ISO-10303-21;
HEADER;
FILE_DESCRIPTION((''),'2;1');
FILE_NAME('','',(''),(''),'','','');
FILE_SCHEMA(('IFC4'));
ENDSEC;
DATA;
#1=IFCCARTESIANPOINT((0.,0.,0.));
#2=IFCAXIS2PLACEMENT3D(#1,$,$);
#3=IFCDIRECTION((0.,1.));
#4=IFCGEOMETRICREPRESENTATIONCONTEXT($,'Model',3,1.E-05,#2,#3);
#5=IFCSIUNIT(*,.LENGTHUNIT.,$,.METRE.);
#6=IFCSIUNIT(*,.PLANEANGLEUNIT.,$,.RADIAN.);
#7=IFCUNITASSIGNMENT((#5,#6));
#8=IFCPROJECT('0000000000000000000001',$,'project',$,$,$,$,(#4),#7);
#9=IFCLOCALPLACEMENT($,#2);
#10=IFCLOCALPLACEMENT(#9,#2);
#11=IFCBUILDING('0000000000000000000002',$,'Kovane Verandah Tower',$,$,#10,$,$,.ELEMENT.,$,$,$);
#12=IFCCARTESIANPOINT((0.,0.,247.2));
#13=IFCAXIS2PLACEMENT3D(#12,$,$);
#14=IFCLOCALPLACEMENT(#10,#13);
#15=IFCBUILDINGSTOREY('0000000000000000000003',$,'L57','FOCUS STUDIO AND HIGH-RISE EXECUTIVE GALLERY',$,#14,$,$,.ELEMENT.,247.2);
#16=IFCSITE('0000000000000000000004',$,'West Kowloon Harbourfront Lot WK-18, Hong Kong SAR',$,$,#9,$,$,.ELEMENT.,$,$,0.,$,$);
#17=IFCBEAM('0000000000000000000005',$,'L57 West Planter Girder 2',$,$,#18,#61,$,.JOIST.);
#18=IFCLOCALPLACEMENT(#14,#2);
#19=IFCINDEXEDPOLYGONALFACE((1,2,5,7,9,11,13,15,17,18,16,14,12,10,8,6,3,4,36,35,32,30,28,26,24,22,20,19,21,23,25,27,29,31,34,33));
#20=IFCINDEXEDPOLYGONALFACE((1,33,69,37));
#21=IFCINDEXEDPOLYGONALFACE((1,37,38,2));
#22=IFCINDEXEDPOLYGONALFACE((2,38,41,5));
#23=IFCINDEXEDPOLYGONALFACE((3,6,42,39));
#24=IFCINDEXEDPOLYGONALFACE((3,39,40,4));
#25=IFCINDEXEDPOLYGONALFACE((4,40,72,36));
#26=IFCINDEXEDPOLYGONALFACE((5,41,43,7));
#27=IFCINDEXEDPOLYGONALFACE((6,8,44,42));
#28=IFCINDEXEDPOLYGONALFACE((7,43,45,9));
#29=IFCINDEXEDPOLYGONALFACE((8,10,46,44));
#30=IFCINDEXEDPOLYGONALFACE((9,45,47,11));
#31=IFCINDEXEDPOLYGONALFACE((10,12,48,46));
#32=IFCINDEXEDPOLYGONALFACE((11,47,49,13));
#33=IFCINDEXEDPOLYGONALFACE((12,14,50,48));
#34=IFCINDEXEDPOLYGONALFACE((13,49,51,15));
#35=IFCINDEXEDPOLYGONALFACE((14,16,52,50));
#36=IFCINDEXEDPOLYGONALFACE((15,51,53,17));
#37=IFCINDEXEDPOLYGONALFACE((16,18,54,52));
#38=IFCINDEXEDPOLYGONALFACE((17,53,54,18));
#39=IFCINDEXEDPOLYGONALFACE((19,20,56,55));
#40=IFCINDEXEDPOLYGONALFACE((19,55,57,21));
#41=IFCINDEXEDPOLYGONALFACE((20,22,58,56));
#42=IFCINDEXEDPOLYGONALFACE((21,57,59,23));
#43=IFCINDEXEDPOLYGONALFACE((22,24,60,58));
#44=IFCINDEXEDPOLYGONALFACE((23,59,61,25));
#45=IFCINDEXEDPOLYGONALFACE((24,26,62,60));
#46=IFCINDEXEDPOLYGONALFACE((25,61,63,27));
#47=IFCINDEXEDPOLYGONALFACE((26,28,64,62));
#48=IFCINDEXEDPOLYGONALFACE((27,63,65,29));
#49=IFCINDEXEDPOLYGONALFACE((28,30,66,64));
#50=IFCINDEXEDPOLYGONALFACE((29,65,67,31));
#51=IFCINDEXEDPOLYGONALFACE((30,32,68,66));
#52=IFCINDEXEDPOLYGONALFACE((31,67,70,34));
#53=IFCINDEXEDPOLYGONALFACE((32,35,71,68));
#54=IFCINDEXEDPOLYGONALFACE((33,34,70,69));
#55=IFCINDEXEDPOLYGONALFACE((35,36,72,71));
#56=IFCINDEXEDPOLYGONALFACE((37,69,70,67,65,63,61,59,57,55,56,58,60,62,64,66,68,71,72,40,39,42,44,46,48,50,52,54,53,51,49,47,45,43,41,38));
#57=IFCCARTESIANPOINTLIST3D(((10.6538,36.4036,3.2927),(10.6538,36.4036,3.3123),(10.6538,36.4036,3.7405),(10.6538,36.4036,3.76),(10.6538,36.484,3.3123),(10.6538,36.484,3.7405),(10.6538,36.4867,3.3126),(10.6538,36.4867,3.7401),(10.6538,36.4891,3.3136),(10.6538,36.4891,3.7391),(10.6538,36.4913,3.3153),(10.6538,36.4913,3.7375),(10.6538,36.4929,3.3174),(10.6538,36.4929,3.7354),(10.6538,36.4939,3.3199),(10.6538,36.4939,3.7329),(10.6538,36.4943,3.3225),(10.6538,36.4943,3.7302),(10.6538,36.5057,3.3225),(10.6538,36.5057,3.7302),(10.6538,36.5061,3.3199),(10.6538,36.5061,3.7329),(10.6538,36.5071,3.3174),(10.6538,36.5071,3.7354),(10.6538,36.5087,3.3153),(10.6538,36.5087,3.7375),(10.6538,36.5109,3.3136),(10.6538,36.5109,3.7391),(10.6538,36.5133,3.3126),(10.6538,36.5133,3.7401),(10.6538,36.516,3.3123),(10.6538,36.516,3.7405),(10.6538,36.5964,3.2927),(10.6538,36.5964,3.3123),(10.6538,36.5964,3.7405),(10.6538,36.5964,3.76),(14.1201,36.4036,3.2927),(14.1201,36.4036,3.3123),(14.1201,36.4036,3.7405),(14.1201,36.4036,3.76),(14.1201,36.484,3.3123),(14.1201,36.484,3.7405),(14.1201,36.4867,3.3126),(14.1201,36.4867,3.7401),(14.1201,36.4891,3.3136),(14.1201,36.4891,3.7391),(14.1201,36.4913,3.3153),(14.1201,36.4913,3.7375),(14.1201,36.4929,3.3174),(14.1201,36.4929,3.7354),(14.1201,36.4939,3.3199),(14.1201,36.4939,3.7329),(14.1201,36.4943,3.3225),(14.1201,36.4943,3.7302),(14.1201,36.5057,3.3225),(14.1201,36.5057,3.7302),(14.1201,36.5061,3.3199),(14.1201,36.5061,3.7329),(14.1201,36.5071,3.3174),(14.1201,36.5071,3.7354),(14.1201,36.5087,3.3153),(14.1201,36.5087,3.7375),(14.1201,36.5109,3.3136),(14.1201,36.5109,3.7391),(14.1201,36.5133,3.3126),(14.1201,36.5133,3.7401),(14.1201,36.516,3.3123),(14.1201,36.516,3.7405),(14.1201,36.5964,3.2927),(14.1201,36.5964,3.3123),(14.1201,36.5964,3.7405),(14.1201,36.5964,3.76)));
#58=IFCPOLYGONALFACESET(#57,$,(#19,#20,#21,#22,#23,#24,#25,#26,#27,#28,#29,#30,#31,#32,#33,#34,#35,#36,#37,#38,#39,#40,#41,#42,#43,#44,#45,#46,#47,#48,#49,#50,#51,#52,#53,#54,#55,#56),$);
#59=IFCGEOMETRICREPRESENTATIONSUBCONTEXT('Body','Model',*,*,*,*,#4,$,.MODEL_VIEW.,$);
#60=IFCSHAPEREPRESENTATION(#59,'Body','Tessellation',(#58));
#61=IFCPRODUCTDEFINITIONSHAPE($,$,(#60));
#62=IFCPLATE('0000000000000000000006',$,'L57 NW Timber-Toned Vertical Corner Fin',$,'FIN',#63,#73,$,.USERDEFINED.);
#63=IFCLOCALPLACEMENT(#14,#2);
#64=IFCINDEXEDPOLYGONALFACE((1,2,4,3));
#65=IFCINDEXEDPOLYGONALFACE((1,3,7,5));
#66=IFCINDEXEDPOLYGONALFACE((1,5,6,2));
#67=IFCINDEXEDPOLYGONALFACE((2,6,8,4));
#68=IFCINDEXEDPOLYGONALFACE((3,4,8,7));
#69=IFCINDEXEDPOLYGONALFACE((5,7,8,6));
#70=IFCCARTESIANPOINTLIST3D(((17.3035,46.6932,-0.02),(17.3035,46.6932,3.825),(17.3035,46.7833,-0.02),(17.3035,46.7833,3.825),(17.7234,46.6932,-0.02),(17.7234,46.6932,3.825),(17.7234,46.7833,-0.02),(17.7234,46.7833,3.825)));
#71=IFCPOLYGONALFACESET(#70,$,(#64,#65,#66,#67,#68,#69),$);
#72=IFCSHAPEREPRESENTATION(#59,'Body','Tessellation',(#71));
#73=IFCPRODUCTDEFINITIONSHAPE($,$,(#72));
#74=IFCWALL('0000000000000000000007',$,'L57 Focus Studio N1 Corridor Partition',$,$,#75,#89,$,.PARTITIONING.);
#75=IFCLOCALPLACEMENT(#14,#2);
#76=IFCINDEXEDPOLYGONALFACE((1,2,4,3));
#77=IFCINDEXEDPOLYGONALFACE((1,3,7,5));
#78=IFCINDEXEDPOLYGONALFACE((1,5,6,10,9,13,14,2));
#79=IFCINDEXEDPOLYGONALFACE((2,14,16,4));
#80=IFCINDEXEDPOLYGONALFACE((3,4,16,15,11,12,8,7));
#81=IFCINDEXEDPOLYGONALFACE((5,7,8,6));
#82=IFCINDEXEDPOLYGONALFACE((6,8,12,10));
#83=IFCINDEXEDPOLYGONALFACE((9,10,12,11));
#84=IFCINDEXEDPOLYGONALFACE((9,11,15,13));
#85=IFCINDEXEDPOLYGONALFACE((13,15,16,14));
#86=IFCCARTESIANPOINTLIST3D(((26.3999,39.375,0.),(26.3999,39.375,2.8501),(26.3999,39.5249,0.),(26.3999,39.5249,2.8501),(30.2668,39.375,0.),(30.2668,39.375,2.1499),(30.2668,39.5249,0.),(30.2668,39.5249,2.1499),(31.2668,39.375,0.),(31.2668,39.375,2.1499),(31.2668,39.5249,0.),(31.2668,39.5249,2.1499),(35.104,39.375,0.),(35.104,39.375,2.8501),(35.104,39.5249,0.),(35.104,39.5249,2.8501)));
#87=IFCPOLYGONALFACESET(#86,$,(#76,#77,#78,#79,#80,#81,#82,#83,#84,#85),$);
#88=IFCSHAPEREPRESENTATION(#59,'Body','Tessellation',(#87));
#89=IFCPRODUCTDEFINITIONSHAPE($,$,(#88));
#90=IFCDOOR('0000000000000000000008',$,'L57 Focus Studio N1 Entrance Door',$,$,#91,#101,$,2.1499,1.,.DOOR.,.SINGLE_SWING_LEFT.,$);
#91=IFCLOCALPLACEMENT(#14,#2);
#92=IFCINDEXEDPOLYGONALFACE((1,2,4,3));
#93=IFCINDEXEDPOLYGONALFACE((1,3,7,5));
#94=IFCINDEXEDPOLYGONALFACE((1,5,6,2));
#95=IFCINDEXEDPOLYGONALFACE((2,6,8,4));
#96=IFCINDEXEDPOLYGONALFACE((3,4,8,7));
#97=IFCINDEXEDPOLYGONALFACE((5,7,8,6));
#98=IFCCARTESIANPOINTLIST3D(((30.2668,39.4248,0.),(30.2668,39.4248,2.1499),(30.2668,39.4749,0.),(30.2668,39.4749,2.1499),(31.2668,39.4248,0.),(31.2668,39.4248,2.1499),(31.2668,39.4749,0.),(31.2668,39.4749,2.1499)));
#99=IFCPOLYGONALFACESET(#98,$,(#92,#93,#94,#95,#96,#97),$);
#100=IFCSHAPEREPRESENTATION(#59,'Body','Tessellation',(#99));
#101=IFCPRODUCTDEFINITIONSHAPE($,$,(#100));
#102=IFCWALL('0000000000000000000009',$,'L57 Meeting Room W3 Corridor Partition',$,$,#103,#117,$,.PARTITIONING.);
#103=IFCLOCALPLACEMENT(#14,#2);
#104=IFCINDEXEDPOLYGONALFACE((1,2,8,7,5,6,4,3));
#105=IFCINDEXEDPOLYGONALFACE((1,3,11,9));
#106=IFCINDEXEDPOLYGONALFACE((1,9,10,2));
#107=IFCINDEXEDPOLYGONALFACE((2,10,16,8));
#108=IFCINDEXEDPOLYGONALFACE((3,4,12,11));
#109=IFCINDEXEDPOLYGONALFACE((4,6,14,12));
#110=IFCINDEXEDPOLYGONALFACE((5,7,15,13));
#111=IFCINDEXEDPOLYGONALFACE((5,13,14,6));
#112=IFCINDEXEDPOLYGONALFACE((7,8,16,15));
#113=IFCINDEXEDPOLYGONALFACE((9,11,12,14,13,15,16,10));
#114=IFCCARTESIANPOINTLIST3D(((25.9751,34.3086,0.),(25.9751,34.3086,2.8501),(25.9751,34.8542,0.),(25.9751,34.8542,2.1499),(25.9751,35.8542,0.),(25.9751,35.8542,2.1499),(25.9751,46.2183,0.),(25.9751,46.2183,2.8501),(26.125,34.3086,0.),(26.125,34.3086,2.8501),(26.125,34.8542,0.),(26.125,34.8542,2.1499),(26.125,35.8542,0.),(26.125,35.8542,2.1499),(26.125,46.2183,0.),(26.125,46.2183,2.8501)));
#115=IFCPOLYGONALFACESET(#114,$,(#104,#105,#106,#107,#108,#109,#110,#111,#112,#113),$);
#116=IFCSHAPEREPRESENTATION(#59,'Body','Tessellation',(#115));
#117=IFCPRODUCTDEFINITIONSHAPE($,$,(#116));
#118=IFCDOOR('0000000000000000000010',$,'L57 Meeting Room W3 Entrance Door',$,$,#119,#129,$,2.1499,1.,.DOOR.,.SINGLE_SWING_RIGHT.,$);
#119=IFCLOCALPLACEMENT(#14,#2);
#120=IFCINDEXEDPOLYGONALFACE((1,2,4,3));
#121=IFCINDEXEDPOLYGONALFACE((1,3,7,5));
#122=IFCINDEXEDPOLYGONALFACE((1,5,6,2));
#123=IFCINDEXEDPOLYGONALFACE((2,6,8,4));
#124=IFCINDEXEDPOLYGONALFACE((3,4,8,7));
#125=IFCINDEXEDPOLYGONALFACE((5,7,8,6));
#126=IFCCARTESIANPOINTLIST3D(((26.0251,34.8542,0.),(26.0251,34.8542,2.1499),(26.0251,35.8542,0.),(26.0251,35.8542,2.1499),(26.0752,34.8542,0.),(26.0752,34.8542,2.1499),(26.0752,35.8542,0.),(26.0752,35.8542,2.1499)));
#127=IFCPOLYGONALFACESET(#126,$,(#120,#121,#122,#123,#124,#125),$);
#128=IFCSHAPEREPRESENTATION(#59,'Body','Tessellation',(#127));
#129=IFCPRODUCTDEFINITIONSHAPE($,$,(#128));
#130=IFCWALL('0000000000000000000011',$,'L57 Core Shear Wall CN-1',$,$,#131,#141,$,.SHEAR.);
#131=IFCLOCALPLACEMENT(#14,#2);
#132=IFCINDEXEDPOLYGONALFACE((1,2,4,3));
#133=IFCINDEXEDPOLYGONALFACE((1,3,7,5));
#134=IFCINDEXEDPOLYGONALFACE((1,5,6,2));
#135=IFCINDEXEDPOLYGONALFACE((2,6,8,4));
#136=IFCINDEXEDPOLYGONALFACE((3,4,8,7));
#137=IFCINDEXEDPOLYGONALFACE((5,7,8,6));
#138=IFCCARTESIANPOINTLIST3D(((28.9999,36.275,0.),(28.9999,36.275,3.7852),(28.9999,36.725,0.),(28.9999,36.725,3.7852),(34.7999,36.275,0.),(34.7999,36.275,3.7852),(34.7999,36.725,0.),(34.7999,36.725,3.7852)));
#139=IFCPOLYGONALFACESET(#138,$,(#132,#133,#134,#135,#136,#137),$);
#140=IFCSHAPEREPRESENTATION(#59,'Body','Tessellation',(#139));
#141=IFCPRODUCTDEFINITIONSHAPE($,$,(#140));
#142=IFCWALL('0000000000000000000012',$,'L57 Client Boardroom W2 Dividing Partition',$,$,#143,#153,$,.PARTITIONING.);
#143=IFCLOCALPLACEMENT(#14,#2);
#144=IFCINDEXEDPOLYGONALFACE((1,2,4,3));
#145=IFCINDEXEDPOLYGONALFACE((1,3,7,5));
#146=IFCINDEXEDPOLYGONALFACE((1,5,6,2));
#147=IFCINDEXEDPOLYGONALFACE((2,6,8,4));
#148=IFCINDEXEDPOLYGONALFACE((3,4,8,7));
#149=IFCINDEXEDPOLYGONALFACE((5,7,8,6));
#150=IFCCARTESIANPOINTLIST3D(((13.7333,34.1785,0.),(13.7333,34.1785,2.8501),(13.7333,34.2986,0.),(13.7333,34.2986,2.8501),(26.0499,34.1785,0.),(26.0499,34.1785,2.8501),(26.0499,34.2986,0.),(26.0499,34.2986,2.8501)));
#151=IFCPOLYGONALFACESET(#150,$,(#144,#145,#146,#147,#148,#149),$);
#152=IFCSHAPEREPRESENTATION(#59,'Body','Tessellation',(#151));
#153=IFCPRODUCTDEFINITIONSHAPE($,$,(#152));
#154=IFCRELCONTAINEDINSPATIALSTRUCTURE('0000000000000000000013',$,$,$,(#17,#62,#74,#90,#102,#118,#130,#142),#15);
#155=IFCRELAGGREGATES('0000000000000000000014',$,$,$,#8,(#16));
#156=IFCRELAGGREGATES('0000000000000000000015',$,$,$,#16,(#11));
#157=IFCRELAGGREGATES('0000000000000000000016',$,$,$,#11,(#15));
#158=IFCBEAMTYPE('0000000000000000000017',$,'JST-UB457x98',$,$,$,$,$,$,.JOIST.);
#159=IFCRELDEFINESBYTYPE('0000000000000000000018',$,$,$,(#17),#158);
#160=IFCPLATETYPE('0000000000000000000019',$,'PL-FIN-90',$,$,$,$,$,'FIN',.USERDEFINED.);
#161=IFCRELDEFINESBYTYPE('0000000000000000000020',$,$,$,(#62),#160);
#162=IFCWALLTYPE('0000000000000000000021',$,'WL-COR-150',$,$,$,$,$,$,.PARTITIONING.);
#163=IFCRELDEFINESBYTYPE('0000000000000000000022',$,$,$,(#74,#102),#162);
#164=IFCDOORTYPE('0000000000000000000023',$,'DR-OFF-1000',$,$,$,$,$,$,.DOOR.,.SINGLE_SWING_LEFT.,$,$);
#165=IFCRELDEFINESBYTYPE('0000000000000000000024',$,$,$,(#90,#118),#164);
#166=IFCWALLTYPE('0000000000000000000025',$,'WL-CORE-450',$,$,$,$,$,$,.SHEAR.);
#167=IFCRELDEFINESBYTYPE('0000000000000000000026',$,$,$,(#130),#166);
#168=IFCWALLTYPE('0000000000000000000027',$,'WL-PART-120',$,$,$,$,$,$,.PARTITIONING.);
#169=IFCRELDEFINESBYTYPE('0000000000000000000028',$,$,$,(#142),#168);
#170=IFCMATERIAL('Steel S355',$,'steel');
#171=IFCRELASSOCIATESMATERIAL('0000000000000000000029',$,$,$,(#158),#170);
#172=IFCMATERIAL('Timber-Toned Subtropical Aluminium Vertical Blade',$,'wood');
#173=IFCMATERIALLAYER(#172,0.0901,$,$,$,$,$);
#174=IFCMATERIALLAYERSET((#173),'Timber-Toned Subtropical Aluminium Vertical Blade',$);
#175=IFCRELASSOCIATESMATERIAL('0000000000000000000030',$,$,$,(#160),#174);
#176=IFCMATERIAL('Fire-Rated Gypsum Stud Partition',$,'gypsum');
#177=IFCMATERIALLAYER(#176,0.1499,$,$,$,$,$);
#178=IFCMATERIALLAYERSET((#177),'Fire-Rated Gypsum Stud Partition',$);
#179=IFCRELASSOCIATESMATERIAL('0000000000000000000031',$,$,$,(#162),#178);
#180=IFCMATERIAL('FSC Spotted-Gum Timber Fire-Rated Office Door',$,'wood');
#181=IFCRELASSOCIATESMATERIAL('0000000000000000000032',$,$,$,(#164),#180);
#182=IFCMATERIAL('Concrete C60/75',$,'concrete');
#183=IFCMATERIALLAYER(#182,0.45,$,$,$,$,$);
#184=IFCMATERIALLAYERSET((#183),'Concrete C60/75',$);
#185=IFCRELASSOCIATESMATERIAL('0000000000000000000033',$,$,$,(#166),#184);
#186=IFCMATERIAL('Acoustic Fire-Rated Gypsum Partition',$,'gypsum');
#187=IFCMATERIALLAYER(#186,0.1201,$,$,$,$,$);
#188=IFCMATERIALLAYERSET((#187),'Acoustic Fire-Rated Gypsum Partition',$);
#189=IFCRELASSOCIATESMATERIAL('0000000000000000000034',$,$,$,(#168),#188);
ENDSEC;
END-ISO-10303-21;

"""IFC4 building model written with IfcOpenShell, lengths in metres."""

from ifc_helpers import new_model, si_unit, direction, frame, frame_2d, origin, origin_2d, place, context, subcontext, project, spatial, rectangle, i_section, extrude, material, layer, layer_set, material_profile, profile_set, type_object, element, fill, save


model = new_model("IFC4")

# Units and contexts
model_context = context("Model", 3, precision=1e-05, world=origin(), true_north=direction((0.0, 1.0)))
body_context = subcontext(model_context, "Body", "Model", "MODEL_VIEW")
ifc_project = project(units=[si_unit("LENGTHUNIT", "METRE"), si_unit("PLANEANGLEUNIT", "RADIAN")], contexts=[model_context])

# Site, building, storey
site_placement = place(None, origin())
site = spatial("IfcSite", under=ifc_project, at=site_placement, Name="West Kowloon Harbourfront Lot WK-18, Hong Kong SAR", CompositionType="ELEMENT", RefElevation=0.0)
building_placement = place(site_placement, origin())
building = spatial("IfcBuilding", under=site, at=building_placement, Name="Kovane Verandah Tower", CompositionType="ELEMENT")
storey_placement = place(building_placement, frame((0.0, 0.0, 247.2)))
storey = spatial("IfcBuildingStorey", under=building, at=storey_placement, Name="L57", Description="FOCUS STUDIO AND HIGH-RISE EXECUTIVE GALLERY", CompositionType="ELEMENT", Elevation=247.2)

# Shared definitions
ifc_material_1 = material(Name="Concrete C60/75", Category="concrete")

# Beam
ifc_material_2 = material(Name="Steel S355", Category="steel")
ifc_material_profile_1 = material_profile(ifc_material_2, i_section(OverallWidth=0.1929, OverallDepth=0.4673, WebThickness=0.0115, FlangeThickness=0.0195, FilletRadius=0.0103, at=origin_2d()), Name="UB457x191x98")
ifc_profile_set_1 = profile_set([ifc_material_profile_1], Name="Steel S355")
beam_type_1 = type_object("IfcBeamType", Name="JST-UB457x98", PredefinedType="JOIST", material=ifc_profile_set_1)
beam_1_placement = place(storey_placement, frame((14.1201, 36.5, 3.5264), z_axis=(-1.0, 0.0, 0.0), x_axis=(0.0, -1.0, 0.0)))
element("IfcBeam", 1, at=beam_1_placement, inside=storey, type_object=beam_type_1, Name="L57 West Planter Girder 2", PredefinedType="JOIST", context=body_context, shape_type="SweptSolid", body=[
    extrude(i_section(OverallWidth=0.1929, OverallDepth=0.4673, WebThickness=0.0115, FlangeThickness=0.0195, FilletRadius=0.0103, at=origin_2d()), origin(), (0.0, 0.0, 1.0), 3.4663),
])

# Plate
ifc_material_3 = material(Name="Timber-Toned Subtropical Aluminium Vertical Blade", Category="wood")
ifc_layer_1 = layer(ifc_material_3, 0.0901)
ifc_layer_set_1 = layer_set([ifc_layer_1], Name="Timber-Toned Subtropical Aluminium Vertical Blade")
plate_type = type_object("IfcPlateType", Name="PL-FIN-90", ElementType="FIN", PredefinedType="USERDEFINED", material=ifc_layer_set_1)
plate_placement = place(storey_placement, frame((17.5134, 46.7383, -0.02), z_axis=(0.0, 0.0, 1.0), x_axis=(1.0, 0.0, 0.0)))
element("IfcPlate", 2, at=plate_placement, inside=storey, type_object=plate_type, Name="L57 NW Timber-Toned Vertical Corner Fin", ObjectType="FIN", PredefinedType="USERDEFINED", context=body_context, shape_type="SweptSolid", body=[
    extrude(rectangle(XDim=0.4199, YDim=0.0901, at=origin_2d()), origin(), (0.0, 0.0, 1.0), 3.845),
])

# Walls, openings, doors
ifc_material_4 = material(Name="Fire-Rated Gypsum Stud Partition", Category="gypsum")
ifc_layer_2 = layer(ifc_material_4, 0.1499)
ifc_layer_set_2 = layer_set([ifc_layer_2], Name="Fire-Rated Gypsum Stud Partition")
wall_type_1 = type_object("IfcWallType", Name="WL-COR-150", PredefinedType="PARTITIONING", material=ifc_layer_set_2)
wall_1_placement = place(storey_placement, frame((26.3999, 39.45, 0.0), z_axis=(0.0, 0.0, 1.0), x_axis=(1.0, 0.0, 0.0)))
wall_1 = element("IfcWall", 3, at=wall_1_placement, inside=storey, type_object=wall_type_1, Name="L57 Focus Studio N1 Corridor Partition", PredefinedType="PARTITIONING", context=body_context, shape_type="SweptSolid", body=[
    extrude(rectangle(XDim=8.7041, YDim=0.1499, at=frame_2d((4.3521, 0.0))), origin(), (0.0, 0.0, 1.0), 2.8501),
])
opening_1_placement = place(wall_1_placement, frame((3.8669, 0.0, 0.0)))
opening_1 = element("IfcOpeningElement", 4, at=opening_1_placement, cuts=wall_1, PredefinedType="OPENING", context=body_context, shape_type="SweptSolid", body=[
    extrude(rectangle(XDim=1.0, YDim=2.1499, at=frame_2d((0.5, 1.075))), frame((0.0, 0.075, 0.0), z_axis=(0.0, -1.0, 0.0), x_axis=(1.0, 0.0, 0.0)), (0.0, 0.0, 1.0), 0.1499),
])
ifc_material_5 = material(Name="FSC Spotted-Gum Timber Fire-Rated Office Door", Category="wood")
door_type_1 = type_object("IfcDoorType", Name="DR-OFF-1000", OperationType="SINGLE_SWING_LEFT", PredefinedType="DOOR", material=ifc_material_5)
door_1_placement = place(opening_1_placement, origin())
door_1 = element("IfcDoor", 5, at=door_1_placement, inside=storey, type_object=door_type_1, Name="L57 Focus Studio N1 Entrance Door", OperationType="SINGLE_SWING_LEFT", OverallHeight=2.1499, OverallWidth=1.0, PredefinedType="DOOR", context=body_context, shape_type="SweptSolid", body=[
    extrude(rectangle(XDim=1.0, YDim=2.1499, at=frame_2d((0.5, 1.075))), frame((0.0, 0.0249, 0.0), z_axis=(0.0, -1.0, 0.0), x_axis=(1.0, 0.0, 0.0)), (0.0, 0.0, 1.0), 0.05),
])
fill(opening_1, door_1)
wall_2_placement = place(storey_placement, frame((26.05, 34.3086, 0.0), z_axis=(0.0, 0.0, 1.0), x_axis=(0.0, 1.0, 0.0)))
wall_2 = element("IfcWall", 6, at=wall_2_placement, inside=storey, type_object=wall_type_1, Name="L57 Meeting Room W3 Corridor Partition", PredefinedType="PARTITIONING", context=body_context, shape_type="SweptSolid", body=[
    extrude(rectangle(XDim=11.9097, YDim=0.1499, at=frame_2d((5.9548, 0.0))), origin(), (0.0, 0.0, 1.0), 2.8501),
])
opening_2_placement = place(wall_2_placement, frame((0.5457, 0.0, 0.0)))
opening_2 = element("IfcOpeningElement", 7, at=opening_2_placement, cuts=wall_2, PredefinedType="OPENING", context=body_context, shape_type="SweptSolid", body=[
    extrude(rectangle(XDim=1.0, YDim=2.1499, at=frame_2d((0.5, 1.075))), frame((0.0, 0.075, 0.0), z_axis=(0.0, -1.0, 0.0), x_axis=(1.0, 0.0, 0.0)), (0.0, 0.0, 1.0), 0.1499),
])
door_2_placement = place(opening_2_placement, origin())
door_2 = element("IfcDoor", 8, at=door_2_placement, inside=storey, type_object=door_type_1, Name="L57 Meeting Room W3 Entrance Door", OperationType="SINGLE_SWING_RIGHT", OverallHeight=2.1499, OverallWidth=1.0, PredefinedType="DOOR", context=body_context, shape_type="SweptSolid", body=[
    extrude(rectangle(XDim=1.0, YDim=2.1499, at=frame_2d((0.5, 1.075))), frame((0.0, 0.0249, 0.0), z_axis=(0.0, -1.0, 0.0), x_axis=(1.0, 0.0, 0.0)), (0.0, 0.0, 1.0), 0.05),
])
fill(opening_2, door_2)

# Walls
ifc_layer_3 = layer(ifc_material_1, 0.45)
ifc_layer_set_3 = layer_set([ifc_layer_3], Name="Concrete C60/75")
wall_type_2 = type_object("IfcWallType", Name="WL-CORE-450", PredefinedType="SHEAR", material=ifc_layer_set_3)
wall_3_placement = place(storey_placement, frame((29.0, 36.5, 0.0), z_axis=(0.0, 0.0, 1.0), x_axis=(1.0, 0.0, 0.0)))
element("IfcWall", 9, at=wall_3_placement, inside=storey, type_object=wall_type_2, Name="L57 Core Shear Wall CN-1", PredefinedType="SHEAR", context=body_context, shape_type="SweptSolid", body=[
    extrude(rectangle(XDim=5.8, YDim=0.45, at=frame_2d((2.8999, 0.0))), origin(), (0.0, 0.0, 1.0), 3.7852),
])
ifc_material_6 = material(Name="Acoustic Fire-Rated Gypsum Partition", Category="gypsum")
ifc_layer_4 = layer(ifc_material_6, 0.1201)
ifc_layer_set_4 = layer_set([ifc_layer_4], Name="Acoustic Fire-Rated Gypsum Partition")
wall_type_3 = type_object("IfcWallType", Name="WL-PART-120", PredefinedType="PARTITIONING", material=ifc_layer_set_4)
wall_4_placement = place(storey_placement, frame((13.7334, 34.2385, 0.0), z_axis=(0.0, 0.0, 1.0), x_axis=(1.0, 0.0, 0.0)))
element("IfcWall", 10, at=wall_4_placement, inside=storey, type_object=wall_type_3, Name="L57 Client Boardroom W2 Dividing Partition", PredefinedType="PARTITIONING", context=body_context, shape_type="SweptSolid", body=[
    extrude(rectangle(XDim=12.3167, YDim=0.1201, at=frame_2d((6.1582, 0.0))), origin(), (0.0, 0.0, 1.0), 2.8501),
])

save(model, "model.ifc")
